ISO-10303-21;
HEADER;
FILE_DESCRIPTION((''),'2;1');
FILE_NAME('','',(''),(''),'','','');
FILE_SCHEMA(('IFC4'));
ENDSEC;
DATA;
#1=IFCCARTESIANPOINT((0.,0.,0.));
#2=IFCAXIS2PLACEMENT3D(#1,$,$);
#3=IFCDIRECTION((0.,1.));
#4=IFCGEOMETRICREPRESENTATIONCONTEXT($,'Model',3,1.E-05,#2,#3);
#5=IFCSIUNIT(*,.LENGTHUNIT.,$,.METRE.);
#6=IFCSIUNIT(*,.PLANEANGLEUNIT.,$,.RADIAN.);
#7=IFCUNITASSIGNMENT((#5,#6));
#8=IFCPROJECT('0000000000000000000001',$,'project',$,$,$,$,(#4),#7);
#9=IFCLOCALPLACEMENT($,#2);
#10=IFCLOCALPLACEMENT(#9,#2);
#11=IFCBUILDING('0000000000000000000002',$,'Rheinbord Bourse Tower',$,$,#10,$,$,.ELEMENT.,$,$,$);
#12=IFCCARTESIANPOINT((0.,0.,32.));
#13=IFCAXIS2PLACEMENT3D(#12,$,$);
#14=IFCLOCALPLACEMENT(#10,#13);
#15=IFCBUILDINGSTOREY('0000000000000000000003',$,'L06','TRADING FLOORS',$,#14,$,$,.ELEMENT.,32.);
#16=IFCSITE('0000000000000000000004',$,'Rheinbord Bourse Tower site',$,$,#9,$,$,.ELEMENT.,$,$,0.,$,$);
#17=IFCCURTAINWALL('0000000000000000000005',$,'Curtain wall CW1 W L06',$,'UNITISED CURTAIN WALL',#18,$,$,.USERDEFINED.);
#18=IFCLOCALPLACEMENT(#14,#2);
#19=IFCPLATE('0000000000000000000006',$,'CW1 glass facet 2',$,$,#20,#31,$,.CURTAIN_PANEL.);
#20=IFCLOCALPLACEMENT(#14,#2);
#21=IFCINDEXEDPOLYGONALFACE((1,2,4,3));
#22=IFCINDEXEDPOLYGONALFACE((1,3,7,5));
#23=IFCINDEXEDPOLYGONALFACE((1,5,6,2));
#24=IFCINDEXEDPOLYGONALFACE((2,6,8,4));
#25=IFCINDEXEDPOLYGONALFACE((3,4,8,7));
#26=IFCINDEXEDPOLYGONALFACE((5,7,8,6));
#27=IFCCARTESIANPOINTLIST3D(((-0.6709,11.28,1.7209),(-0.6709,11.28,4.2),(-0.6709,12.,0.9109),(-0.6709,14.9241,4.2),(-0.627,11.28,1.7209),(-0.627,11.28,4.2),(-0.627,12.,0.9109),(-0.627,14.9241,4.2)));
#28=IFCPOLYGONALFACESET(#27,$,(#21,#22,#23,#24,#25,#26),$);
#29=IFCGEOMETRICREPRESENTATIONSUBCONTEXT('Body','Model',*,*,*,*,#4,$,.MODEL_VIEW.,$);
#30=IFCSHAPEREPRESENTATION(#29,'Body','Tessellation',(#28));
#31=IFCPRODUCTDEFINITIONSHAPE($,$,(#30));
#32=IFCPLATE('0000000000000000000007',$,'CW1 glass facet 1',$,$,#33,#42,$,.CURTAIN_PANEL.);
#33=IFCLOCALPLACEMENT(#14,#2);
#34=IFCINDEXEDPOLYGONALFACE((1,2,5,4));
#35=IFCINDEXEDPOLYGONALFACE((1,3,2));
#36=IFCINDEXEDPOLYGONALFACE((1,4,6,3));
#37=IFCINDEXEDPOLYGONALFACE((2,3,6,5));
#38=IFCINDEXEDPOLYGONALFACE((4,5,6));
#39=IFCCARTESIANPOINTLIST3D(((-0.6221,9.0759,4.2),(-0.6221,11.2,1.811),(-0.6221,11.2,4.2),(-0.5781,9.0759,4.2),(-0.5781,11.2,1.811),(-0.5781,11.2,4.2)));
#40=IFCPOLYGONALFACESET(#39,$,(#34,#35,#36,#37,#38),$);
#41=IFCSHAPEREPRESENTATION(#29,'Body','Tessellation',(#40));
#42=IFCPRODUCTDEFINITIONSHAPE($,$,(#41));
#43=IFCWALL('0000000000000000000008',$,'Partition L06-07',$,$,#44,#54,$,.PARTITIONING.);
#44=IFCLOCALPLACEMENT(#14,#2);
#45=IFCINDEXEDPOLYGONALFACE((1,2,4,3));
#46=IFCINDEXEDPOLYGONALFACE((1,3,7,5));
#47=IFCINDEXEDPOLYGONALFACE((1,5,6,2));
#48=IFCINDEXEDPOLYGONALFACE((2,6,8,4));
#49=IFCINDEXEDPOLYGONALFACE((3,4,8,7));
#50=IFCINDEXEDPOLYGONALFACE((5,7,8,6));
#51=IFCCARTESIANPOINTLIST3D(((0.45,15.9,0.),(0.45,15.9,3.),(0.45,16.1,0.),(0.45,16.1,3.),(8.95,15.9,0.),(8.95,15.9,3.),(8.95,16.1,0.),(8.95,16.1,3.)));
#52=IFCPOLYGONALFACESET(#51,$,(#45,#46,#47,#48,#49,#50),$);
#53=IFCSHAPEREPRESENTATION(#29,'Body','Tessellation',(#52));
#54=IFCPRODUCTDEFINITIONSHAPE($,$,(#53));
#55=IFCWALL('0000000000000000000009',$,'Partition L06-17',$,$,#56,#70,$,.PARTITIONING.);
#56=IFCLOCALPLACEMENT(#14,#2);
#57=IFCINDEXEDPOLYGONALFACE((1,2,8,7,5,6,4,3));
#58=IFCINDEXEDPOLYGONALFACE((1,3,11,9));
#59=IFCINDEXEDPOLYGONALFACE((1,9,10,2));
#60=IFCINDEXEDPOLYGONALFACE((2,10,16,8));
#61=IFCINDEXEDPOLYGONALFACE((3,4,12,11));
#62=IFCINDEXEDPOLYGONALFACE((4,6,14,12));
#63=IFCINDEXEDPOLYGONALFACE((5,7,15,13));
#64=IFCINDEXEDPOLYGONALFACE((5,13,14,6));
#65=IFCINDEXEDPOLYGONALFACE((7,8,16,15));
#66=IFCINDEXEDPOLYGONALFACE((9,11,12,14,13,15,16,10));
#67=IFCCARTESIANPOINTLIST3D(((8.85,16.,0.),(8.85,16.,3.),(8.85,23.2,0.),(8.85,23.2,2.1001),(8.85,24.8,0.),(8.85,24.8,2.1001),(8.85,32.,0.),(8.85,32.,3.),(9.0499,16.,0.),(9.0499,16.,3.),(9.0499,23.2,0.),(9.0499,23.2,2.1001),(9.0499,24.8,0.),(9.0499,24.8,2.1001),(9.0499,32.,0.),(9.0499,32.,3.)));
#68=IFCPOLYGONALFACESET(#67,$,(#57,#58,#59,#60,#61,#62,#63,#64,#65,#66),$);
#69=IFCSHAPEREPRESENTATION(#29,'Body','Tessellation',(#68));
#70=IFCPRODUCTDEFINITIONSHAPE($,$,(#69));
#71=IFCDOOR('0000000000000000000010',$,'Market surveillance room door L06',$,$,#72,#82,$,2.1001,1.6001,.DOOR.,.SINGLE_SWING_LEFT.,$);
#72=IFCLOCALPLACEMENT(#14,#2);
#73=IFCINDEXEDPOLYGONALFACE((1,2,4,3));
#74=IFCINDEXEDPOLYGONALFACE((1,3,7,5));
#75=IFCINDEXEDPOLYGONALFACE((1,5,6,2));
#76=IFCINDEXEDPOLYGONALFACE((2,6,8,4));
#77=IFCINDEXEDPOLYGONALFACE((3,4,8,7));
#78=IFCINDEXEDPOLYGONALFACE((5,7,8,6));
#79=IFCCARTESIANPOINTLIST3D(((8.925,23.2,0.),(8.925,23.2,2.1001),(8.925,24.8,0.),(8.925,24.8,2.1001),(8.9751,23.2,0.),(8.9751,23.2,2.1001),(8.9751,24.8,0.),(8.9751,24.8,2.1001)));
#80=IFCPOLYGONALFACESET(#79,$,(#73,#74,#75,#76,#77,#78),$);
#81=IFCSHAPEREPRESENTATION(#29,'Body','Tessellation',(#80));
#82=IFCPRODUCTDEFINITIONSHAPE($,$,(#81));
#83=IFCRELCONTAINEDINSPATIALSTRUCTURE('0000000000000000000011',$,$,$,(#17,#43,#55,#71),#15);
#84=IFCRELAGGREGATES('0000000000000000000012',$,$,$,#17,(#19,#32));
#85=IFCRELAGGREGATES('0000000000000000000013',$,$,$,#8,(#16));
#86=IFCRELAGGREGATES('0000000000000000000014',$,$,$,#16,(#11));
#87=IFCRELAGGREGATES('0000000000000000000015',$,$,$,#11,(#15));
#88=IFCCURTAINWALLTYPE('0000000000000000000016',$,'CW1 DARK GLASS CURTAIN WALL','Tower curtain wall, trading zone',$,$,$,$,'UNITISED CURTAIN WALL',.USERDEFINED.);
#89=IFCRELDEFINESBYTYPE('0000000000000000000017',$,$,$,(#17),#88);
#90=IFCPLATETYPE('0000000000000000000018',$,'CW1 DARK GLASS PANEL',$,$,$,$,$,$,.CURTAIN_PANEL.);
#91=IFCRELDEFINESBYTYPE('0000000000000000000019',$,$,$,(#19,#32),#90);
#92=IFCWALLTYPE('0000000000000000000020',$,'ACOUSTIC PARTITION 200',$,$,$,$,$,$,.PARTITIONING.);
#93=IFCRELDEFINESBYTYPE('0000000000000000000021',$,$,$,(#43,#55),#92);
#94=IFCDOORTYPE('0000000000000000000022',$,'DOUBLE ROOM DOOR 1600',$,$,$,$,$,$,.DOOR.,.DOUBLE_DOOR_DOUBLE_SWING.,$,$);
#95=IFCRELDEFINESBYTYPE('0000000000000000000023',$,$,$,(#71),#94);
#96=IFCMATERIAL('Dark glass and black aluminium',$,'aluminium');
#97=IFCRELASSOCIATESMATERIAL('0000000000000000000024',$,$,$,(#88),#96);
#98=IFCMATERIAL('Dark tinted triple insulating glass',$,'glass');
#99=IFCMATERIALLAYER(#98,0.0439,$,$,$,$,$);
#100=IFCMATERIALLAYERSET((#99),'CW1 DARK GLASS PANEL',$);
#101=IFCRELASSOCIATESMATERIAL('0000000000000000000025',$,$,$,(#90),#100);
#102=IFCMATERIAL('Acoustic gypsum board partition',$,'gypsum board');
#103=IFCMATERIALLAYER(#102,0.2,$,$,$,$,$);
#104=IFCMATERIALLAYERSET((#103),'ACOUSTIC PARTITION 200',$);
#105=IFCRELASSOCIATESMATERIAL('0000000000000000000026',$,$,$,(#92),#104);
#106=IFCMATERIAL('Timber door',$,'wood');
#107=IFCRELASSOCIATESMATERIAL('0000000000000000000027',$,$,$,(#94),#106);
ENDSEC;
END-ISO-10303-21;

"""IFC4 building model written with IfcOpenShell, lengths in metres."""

from ifc_helpers import new_model, si_unit, direction, frame, frame_2d, origin, place, context, subcontext, project, spatial, polyline, rectangle, outline, extrude, material, layer, layer_set, type_object, element, fill, aggregate, save


model = new_model("IFC4")

# Units and contexts
model_context = context("Model", 3, precision=1e-05, world=origin(), true_north=direction((0.0, 1.0)))
body_context = subcontext(model_context, "Body", "Model", "MODEL_VIEW")
ifc_project = project(units=[si_unit("LENGTHUNIT", "METRE"), si_unit("PLANEANGLEUNIT", "RADIAN")], contexts=[model_context])

# Site, building, storey
site_placement = place(None, origin())
site = spatial("IfcSite", under=ifc_project, at=site_placement, Name="Rheinbord Bourse Tower site", CompositionType="ELEMENT", RefElevation=0.0)
building_placement = place(site_placement, origin())
building = spatial("IfcBuilding", under=site, at=building_placement, Name="Rheinbord Bourse Tower", CompositionType="ELEMENT")
storey_placement = place(building_placement, frame((0.0, 0.0, 32.0)))
storey = spatial("IfcBuildingStorey", under=building, at=storey_placement, Name="L06", Description="TRADING FLOORS", CompositionType="ELEMENT", Elevation=32.0)

# Curtain wall
ifc_material_1 = material(Name="Dark glass and black aluminium", Category="aluminium")
curtain_wall_type = type_object("IfcCurtainWallType", Name="CW1 DARK GLASS CURTAIN WALL", Description="Tower curtain wall, trading zone", ElementType="UNITISED CURTAIN WALL", PredefinedType="USERDEFINED", material=ifc_material_1)
curtain_wall_placement = place(storey_placement, origin())
curtain_wall = element("IfcCurtainWall", 1, at=curtain_wall_placement, inside=storey, type_object=curtain_wall_type, Name="Curtain wall CW1 W L06", ObjectType="UNITISED CURTAIN WALL", PredefinedType="USERDEFINED")

# Plates
ifc_material_2 = material(Name="Dark tinted triple insulating glass", Category="glass")
ifc_layer_1 = layer(ifc_material_2, 0.0439)
ifc_layer_set_1 = layer_set([ifc_layer_1], Name="CW1 DARK GLASS PANEL")
plate_type = type_object("IfcPlateType", Name="CW1 DARK GLASS PANEL", PredefinedType="CURTAIN_PANEL", material=ifc_layer_set_1)
plate_1_placement = place(storey_placement, frame((-0.6709, 11.28, 4.2), z_axis=(1.0, 0.0, 0.0), x_axis=(0.0, 0.0, -1.0)))
plate_1 = element("IfcPlate", 2, at=plate_1_placement, type_object=plate_type, Name="CW1 glass facet 2", PredefinedType="CURTAIN_PANEL", context=body_context, shape_type="SweptSolid", body=[
    extrude(outline(polyline([(0.0, 0.0), (2.479, 0.0), (3.2891, 0.72), (0.0, 3.644), (0.0, 0.0)])), origin(), (0.0, 0.0, 1.0), 0.0439),
])
plate_2_placement = place(storey_placement, frame((-0.6221, 11.2, 4.2), z_axis=(1.0, 0.0, 0.0), x_axis=(0.0, -1.0, 0.0)))
plate_2 = element("IfcPlate", 3, at=plate_2_placement, type_object=plate_type, Name="CW1 glass facet 1", PredefinedType="CURTAIN_PANEL", context=body_context, shape_type="SweptSolid", body=[
    extrude(outline(polyline([(0.0, 0.0), (2.124, 0.0), (0.0, 2.3889), (0.0, 0.0)])), origin(), (0.0, 0.0, 1.0), 0.0439),
])
aggregate(curtain_wall, [plate_1, plate_2])

# Wall
ifc_material_3 = material(Name="Acoustic gypsum board partition", Category="gypsum board")
ifc_layer_2 = layer(ifc_material_3, 0.2)
ifc_layer_set_2 = layer_set([ifc_layer_2], Name="ACOUSTIC PARTITION 200")
wall_type = type_object("IfcWallType", Name="ACOUSTIC PARTITION 200", PredefinedType="PARTITIONING", material=ifc_layer_set_2)
wall_1_placement = place(storey_placement, frame((0.45, 16.0, 0.0), z_axis=(0.0, 0.0, 1.0), x_axis=(1.0, 0.0, 0.0)))
element("IfcWall", 4, at=wall_1_placement, inside=storey, type_object=wall_type, Name="Partition L06-07", PredefinedType="PARTITIONING", context=body_context, shape_type="SweptSolid", body=[
    extrude(rectangle(XDim=8.5, YDim=0.2, at=frame_2d((4.25, 0.0))), origin(), (0.0, 0.0, 1.0), 3.0),
])

# Wall, opening, door
wall_2_placement = place(storey_placement, frame((8.95, 16.0, 0.0), z_axis=(0.0, 0.0, 1.0), x_axis=(0.0, 1.0, 0.0)))
wall_2 = element("IfcWall", 5, at=wall_2_placement, inside=storey, type_object=wall_type, Name="Partition L06-17", PredefinedType="PARTITIONING", context=body_context, shape_type="SweptSolid", body=[
    extrude(rectangle(XDim=16.0, YDim=0.2, at=frame_2d((8.0, 0.0))), origin(), (0.0, 0.0, 1.0), 3.0),
])
opening_placement = place(wall_2_placement, frame((7.2, 0.0, 0.0)))
opening = element("IfcOpeningElement", 6, at=opening_placement, cuts=wall_2, PredefinedType="OPENING", context=body_context, shape_type="SweptSolid", body=[
    extrude(rectangle(XDim=1.6001, YDim=2.1001, at=frame_2d((0.8, 1.05))), frame((0.0, 0.1099, 0.0), z_axis=(0.0, -1.0, 0.0), x_axis=(1.0, 0.0, 0.0)), (0.0, 0.0, 1.0), 0.22),
])
ifc_material_4 = material(Name="Timber door", Category="wood")
door_type = type_object("IfcDoorType", Name="DOUBLE ROOM DOOR 1600", OperationType="DOUBLE_DOOR_DOUBLE_SWING", PredefinedType="DOOR", material=ifc_material_4)
door_placement = place(opening_placement, origin())
door = element("IfcDoor", 7, at=door_placement, inside=storey, type_object=door_type, Name="Market surveillance room door L06", OperationType="SINGLE_SWING_LEFT", OverallHeight=2.1001, OverallWidth=1.6001, PredefinedType="DOOR", context=body_context, shape_type="SweptSolid", body=[
    extrude(rectangle(XDim=1.6001, YDim=2.1001, at=frame_2d((0.8, 1.05))), frame((0.0, 0.0249, 0.0), z_axis=(0.0, -1.0, 0.0), x_axis=(1.0, 0.0, 0.0)), (0.0, 0.0, 1.0), 0.05),
])
fill(opening, door)

save(model, "model.ifc")
